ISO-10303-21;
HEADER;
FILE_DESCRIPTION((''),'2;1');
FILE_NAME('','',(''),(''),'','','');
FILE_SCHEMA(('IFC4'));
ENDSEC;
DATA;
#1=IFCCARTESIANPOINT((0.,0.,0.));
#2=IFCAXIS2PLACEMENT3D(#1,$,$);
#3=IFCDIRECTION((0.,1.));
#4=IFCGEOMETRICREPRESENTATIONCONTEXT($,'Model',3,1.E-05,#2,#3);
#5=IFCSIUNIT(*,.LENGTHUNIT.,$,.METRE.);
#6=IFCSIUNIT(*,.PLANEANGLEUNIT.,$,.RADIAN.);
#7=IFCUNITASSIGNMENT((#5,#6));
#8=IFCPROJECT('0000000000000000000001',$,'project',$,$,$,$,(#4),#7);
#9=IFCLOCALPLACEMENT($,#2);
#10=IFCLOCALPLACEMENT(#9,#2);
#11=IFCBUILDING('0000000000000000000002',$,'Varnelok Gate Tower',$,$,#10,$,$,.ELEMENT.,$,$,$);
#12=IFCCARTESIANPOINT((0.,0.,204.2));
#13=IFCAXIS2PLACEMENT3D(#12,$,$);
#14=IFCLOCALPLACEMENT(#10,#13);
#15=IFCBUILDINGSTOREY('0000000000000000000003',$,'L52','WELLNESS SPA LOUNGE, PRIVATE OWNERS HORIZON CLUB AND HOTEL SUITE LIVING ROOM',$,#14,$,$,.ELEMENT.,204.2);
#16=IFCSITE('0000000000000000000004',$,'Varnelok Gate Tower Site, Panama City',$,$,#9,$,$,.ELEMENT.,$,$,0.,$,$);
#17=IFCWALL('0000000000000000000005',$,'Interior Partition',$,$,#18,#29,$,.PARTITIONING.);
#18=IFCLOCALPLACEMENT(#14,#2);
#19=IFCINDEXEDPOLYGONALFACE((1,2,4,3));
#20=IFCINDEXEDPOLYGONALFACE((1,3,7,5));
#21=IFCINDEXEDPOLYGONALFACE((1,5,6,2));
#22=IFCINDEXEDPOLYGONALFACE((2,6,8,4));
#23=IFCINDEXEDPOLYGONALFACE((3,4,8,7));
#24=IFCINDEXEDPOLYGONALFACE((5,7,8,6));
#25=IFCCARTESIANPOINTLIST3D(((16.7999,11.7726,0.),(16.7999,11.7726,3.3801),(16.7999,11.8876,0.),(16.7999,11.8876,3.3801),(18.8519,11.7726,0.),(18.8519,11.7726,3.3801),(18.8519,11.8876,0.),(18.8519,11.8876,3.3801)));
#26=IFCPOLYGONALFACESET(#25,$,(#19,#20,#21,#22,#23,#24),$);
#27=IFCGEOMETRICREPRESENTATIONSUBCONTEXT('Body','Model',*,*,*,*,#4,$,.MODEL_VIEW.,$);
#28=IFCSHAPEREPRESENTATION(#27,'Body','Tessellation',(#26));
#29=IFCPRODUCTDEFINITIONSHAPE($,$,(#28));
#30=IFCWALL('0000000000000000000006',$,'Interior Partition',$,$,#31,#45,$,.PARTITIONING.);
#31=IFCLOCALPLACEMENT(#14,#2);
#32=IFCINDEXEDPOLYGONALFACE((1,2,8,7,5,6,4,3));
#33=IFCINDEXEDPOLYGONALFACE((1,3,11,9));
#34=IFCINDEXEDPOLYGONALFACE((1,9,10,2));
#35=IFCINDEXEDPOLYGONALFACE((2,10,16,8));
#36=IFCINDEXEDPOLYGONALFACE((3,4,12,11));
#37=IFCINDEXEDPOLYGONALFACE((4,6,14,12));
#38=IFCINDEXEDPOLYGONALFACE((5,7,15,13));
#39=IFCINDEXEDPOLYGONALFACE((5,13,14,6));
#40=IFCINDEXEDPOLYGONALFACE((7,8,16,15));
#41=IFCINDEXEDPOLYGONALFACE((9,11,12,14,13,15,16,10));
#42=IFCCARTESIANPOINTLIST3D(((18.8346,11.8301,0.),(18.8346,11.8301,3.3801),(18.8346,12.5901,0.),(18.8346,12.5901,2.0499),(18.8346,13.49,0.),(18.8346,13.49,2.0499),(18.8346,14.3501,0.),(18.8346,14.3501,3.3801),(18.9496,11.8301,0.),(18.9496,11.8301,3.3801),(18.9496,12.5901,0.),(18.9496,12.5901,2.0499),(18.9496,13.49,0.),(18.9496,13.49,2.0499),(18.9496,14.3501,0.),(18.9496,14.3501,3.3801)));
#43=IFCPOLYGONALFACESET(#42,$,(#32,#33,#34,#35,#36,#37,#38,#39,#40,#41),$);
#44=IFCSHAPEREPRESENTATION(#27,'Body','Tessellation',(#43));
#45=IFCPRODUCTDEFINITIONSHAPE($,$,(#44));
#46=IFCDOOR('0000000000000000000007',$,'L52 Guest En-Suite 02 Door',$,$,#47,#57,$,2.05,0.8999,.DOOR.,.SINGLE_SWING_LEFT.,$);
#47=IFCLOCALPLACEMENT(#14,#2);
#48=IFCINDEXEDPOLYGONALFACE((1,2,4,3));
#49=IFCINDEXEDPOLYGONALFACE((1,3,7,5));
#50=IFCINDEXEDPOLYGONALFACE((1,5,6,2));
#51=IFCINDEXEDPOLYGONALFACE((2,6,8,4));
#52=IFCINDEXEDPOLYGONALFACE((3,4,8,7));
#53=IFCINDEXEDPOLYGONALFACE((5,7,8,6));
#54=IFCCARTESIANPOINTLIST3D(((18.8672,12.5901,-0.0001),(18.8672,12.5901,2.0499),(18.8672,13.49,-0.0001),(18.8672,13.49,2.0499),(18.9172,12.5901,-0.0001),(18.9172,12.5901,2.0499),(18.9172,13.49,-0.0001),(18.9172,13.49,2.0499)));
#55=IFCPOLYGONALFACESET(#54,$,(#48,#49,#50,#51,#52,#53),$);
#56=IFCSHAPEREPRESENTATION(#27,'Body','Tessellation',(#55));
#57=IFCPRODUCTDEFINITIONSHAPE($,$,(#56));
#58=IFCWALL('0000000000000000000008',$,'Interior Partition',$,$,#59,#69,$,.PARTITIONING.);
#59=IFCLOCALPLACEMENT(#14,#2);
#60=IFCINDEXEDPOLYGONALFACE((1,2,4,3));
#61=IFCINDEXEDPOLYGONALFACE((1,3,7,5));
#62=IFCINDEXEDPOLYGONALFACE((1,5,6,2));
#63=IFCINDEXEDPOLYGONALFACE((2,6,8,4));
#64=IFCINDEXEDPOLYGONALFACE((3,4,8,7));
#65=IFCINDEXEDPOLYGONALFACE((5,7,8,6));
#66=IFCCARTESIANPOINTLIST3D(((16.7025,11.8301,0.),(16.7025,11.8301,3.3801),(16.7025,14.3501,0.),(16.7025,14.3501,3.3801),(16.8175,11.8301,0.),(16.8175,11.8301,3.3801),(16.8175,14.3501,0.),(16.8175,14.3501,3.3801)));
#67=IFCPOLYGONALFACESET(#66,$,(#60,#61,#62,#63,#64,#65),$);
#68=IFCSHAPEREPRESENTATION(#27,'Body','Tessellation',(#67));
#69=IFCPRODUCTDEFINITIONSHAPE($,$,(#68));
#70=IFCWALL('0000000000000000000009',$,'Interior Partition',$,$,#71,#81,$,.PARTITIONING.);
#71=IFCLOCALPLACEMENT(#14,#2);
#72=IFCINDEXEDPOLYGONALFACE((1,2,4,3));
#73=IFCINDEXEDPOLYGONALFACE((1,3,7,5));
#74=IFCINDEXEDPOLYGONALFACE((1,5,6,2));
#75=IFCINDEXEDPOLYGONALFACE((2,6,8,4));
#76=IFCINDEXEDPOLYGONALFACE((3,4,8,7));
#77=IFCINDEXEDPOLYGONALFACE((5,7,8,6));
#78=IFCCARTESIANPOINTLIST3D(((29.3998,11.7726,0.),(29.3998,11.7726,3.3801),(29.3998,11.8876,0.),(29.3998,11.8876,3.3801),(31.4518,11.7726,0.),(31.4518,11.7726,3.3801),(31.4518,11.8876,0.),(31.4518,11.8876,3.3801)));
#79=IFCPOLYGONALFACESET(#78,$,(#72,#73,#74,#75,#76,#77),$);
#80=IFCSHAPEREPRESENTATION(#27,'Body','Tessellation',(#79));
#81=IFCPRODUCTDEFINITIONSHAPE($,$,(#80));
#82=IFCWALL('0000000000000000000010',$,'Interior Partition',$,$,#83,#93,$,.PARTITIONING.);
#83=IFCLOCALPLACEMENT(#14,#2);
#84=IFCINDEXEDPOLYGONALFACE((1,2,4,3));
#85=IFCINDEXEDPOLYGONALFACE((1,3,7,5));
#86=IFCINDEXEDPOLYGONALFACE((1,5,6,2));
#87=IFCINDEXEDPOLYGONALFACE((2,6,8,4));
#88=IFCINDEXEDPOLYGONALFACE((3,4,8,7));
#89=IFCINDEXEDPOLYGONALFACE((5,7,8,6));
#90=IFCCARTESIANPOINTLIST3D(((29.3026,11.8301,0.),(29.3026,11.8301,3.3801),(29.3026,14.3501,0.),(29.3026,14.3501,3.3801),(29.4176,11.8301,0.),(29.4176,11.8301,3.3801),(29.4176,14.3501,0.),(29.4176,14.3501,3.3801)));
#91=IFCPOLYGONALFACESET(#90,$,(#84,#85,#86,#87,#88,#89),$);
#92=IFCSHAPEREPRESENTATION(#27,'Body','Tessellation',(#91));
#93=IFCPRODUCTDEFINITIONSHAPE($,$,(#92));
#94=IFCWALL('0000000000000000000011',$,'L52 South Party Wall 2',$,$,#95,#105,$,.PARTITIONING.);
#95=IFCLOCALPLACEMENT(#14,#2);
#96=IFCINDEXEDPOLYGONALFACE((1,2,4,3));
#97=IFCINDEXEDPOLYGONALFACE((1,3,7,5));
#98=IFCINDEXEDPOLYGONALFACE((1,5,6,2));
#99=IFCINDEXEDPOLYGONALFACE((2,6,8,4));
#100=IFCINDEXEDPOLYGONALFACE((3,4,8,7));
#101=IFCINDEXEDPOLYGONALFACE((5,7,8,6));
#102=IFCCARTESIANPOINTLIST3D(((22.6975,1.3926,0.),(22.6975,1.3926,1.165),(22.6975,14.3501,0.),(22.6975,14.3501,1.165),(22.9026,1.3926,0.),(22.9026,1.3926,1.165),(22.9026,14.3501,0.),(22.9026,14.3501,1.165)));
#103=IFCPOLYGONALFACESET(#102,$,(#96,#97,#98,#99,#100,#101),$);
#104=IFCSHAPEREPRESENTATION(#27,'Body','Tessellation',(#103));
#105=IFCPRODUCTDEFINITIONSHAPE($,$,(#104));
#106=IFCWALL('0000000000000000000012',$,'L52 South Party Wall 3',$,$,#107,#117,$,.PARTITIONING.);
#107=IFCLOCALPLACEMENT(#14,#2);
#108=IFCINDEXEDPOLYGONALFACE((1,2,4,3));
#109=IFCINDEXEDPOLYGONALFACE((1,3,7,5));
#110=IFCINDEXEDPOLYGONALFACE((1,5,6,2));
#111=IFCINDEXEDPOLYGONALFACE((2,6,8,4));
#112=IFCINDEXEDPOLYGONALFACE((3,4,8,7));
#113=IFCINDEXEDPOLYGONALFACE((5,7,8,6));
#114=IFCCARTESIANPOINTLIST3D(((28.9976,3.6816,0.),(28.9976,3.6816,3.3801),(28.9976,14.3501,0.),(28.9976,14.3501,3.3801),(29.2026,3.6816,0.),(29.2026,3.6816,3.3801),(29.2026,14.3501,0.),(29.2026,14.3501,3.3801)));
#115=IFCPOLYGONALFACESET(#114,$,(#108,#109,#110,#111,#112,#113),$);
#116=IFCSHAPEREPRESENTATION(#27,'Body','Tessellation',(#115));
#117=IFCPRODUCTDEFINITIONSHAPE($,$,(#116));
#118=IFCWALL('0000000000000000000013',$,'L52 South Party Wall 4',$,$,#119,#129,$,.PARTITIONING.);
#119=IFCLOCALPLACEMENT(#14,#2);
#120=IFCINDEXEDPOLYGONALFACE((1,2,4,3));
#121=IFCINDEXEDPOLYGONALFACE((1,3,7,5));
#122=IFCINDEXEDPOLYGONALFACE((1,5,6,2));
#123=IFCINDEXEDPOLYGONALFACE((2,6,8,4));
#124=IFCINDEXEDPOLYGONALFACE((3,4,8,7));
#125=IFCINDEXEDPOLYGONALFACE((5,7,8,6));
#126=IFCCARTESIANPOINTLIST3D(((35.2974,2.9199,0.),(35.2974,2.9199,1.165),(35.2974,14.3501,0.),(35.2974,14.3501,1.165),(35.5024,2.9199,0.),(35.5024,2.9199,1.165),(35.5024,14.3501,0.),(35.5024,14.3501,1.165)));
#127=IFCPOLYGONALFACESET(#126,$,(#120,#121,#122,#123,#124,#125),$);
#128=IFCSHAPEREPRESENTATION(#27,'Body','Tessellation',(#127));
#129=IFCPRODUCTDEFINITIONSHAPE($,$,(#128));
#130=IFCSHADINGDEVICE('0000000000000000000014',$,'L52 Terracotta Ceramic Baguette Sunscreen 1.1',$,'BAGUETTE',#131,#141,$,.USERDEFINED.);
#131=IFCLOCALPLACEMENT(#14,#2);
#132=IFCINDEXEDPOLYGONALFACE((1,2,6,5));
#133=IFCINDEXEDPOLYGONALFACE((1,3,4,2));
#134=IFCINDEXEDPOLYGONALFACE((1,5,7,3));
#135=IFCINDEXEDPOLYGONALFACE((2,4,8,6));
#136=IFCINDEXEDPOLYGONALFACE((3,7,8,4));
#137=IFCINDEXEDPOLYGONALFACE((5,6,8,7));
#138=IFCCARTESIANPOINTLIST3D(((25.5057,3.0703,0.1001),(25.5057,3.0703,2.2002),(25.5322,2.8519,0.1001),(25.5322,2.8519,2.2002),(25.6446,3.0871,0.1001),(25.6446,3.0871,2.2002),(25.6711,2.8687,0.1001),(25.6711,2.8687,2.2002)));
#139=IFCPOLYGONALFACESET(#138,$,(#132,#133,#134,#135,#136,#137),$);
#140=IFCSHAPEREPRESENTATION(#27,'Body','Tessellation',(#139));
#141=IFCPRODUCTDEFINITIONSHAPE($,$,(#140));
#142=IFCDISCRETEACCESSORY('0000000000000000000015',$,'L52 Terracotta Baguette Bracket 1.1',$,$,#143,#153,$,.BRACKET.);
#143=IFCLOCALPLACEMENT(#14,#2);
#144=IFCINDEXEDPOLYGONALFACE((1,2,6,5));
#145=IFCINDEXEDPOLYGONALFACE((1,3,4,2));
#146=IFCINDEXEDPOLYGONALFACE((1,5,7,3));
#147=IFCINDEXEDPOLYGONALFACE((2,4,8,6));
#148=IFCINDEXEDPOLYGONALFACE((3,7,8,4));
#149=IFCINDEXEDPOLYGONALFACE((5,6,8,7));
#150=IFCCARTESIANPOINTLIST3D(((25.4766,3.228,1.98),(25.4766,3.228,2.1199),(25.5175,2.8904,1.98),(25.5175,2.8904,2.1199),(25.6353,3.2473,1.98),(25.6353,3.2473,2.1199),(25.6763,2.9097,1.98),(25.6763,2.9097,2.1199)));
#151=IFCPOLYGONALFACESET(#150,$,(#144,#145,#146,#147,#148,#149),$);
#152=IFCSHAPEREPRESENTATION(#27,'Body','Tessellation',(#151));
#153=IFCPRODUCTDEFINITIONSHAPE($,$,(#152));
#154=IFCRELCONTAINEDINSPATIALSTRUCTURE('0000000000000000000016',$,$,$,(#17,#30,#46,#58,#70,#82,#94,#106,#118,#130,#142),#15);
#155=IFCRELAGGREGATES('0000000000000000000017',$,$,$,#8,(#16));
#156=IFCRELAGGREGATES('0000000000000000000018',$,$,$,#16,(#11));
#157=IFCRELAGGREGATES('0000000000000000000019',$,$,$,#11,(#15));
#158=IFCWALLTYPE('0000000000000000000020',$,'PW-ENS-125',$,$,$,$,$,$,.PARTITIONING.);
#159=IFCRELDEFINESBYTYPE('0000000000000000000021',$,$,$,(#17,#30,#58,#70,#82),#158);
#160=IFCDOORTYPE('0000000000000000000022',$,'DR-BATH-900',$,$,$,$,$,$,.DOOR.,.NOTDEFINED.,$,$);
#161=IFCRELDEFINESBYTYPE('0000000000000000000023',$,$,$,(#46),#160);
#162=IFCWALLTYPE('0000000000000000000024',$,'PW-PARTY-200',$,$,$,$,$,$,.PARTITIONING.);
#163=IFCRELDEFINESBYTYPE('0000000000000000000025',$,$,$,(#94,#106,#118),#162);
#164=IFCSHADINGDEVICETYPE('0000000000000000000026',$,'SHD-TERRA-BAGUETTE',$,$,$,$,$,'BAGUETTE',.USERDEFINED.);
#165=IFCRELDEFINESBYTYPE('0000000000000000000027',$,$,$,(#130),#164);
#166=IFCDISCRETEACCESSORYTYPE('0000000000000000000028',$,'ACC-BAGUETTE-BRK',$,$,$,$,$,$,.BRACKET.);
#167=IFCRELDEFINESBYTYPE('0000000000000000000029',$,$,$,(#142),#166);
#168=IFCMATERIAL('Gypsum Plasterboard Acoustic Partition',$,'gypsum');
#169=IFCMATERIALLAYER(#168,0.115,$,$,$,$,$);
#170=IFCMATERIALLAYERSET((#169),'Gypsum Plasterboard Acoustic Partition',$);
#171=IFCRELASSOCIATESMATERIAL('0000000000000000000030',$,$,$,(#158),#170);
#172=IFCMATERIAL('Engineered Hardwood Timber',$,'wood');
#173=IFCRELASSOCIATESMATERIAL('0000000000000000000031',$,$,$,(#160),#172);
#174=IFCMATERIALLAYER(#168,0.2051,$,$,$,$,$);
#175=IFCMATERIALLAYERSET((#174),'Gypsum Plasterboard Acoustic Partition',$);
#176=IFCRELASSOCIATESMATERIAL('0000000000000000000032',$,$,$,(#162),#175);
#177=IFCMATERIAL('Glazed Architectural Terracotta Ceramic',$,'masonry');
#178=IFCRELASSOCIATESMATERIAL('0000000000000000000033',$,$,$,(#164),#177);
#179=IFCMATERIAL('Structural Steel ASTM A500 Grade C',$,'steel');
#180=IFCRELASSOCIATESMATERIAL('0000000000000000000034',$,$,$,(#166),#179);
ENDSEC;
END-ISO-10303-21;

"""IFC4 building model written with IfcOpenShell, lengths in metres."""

from ifc_helpers import new_model, si_unit, direction, frame, frame_2d, origin, origin_2d, place, context, subcontext, project, spatial, rectangle, extrude, source, transform, mapped, material, layer, layer_set, type_object, element, fill, save


model = new_model("IFC4")

# Units and contexts
model_context = context("Model", 3, precision=1e-05, world=origin(), true_north=direction((0.0, 1.0)))
body_context = subcontext(model_context, "Body", "Model", "MODEL_VIEW")
ifc_project = project(units=[si_unit("LENGTHUNIT", "METRE"), si_unit("PLANEANGLEUNIT", "RADIAN")], contexts=[model_context])

# Site, building, storey
site_placement = place(None, origin())
site = spatial("IfcSite", under=ifc_project, at=site_placement, Name="Varnelok Gate Tower Site, Panama City", CompositionType="ELEMENT", RefElevation=0.0)
building_placement = place(site_placement, origin())
building = spatial("IfcBuilding", under=site, at=building_placement, Name="Varnelok Gate Tower", CompositionType="ELEMENT")
storey_placement = place(building_placement, frame((0.0, 0.0, 204.2)))
storey = spatial("IfcBuildingStorey", under=building, at=storey_placement, Name="L52", Description="WELLNESS SPA LOUNGE, PRIVATE OWNERS HORIZON CLUB AND HOTEL SUITE LIVING ROOM", CompositionType="ELEMENT", Elevation=204.2)

# Wall
ifc_material_1 = material(Name="Gypsum Plasterboard Acoustic Partition", Category="gypsum")
ifc_layer_1 = layer(ifc_material_1, 0.115)
ifc_layer_set_1 = layer_set([ifc_layer_1], Name="Gypsum Plasterboard Acoustic Partition")
wall_type_1 = type_object("IfcWallType", Name="PW-ENS-125", PredefinedType="PARTITIONING", material=ifc_layer_set_1)
wall_1_placement = place(storey_placement, frame((16.8, 11.8301, 0.0), z_axis=(0.0, 0.0, 1.0), x_axis=(1.0, 0.0, 0.0)))
element("IfcWall", 1, at=wall_1_placement, inside=storey, type_object=wall_type_1, Name="Interior Partition", PredefinedType="PARTITIONING", context=body_context, shape_type="SweptSolid", body=[
    extrude(rectangle(XDim=2.052, YDim=0.115, at=frame_2d((1.0259, 0.0))), origin(), (0.0, 0.0, 1.0), 3.3801),
])

# Wall, opening, door
wall_2_placement = place(storey_placement, frame((18.8921, 11.8301, 0.0), z_axis=(0.0, 0.0, 1.0), x_axis=(0.0, 1.0, 0.0)))
wall_2 = element("IfcWall", 2, at=wall_2_placement, inside=storey, type_object=wall_type_1, Name="Interior Partition", PredefinedType="PARTITIONING", context=body_context, shape_type="SweptSolid", body=[
    extrude(rectangle(XDim=2.52, YDim=0.115, at=frame_2d((1.26, 0.0))), origin(), (0.0, 0.0, 1.0), 3.3801),
])
opening_1_placement = place(wall_2_placement, frame((0.76, 0.0, 0.0)))
opening_1 = element("IfcOpeningElement", 3, at=opening_1_placement, cuts=wall_2, PredefinedType="OPENING", context=body_context, shape_type="SweptSolid", body=[
    extrude(rectangle(XDim=0.8999, YDim=2.05, at=frame_2d((0.45, 1.0249))), frame((0.0, 0.0674, 0.0), z_axis=(0.0, -1.0, 0.0), x_axis=(1.0, 0.0, 0.0)), (0.0, 0.0, 1.0), 0.135),
])
ifc_material_2 = material(Name="Engineered Hardwood Timber", Category="wood")
door_type_1 = type_object("IfcDoorType", Name="DR-BATH-900", OperationType="NOTDEFINED", PredefinedType="DOOR", material=ifc_material_2)
door_1_placement = place(opening_1_placement, origin())
door_1 = element("IfcDoor", 4, at=door_1_placement, inside=storey, type_object=door_type_1, Name="L52 Guest En-Suite 02 Door", OperationType="SINGLE_SWING_LEFT", OverallHeight=2.05, OverallWidth=0.8999, PredefinedType="DOOR", context=body_context, shape_type="SweptSolid", body=[
    extrude(rectangle(XDim=0.8999, YDim=2.05, at=frame_2d((0.45, 1.0249))), frame((0.0, 0.0249, 0.0), z_axis=(0.0, -1.0, 0.0), x_axis=(1.0, 0.0, 0.0)), (0.0, 0.0, 1.0), 0.05),
])
fill(opening_1, door_1)

# Walls
wall_3_placement = place(storey_placement, frame((16.76, 11.8301, 0.0), z_axis=(0.0, 0.0, 1.0), x_axis=(0.0, 1.0, 0.0)))
element("IfcWall", 5, at=wall_3_placement, inside=storey, type_object=wall_type_1, Name="Interior Partition", PredefinedType="PARTITIONING", context=body_context, shape_type="SweptSolid", body=[
    extrude(rectangle(XDim=2.52, YDim=0.115, at=frame_2d((1.26, 0.0))), origin(), (0.0, 0.0, 1.0), 3.3801),
])
wall_4_placement = place(storey_placement, frame((29.3999, 11.8301, 0.0), z_axis=(0.0, 0.0, 1.0), x_axis=(1.0, 0.0, 0.0)))
element("IfcWall", 6, at=wall_4_placement, inside=storey, type_object=wall_type_1, Name="Interior Partition", PredefinedType="PARTITIONING", context=body_context, shape_type="SweptSolid", body=[
    extrude(rectangle(XDim=2.052, YDim=0.115, at=frame_2d((1.0259, 0.0))), origin(), (0.0, 0.0, 1.0), 3.3801),
])
wall_5_placement = place(storey_placement, frame((29.3601, 11.8301, 0.0), z_axis=(0.0, 0.0, 1.0), x_axis=(0.0, 1.0, 0.0)))
element("IfcWall", 7, at=wall_5_placement, inside=storey, type_object=wall_type_1, Name="Interior Partition", PredefinedType="PARTITIONING", context=body_context, shape_type="SweptSolid", body=[
    extrude(rectangle(XDim=2.52, YDim=0.115, at=frame_2d((1.26, 0.0))), origin(), (0.0, 0.0, 1.0), 3.3801),
])
ifc_layer_2 = layer(ifc_material_1, 0.2051)
ifc_layer_set_2 = layer_set([ifc_layer_2], Name="Gypsum Plasterboard Acoustic Partition")
wall_type_2 = type_object("IfcWallType", Name="PW-PARTY-200", PredefinedType="PARTITIONING", material=ifc_layer_set_2)
wall_6_placement = place(storey_placement, frame((22.8, 1.3926, 0.0), z_axis=(0.0, 0.0, 1.0), x_axis=(0.0, 1.0, 0.0)))
element("IfcWall", 8, at=wall_6_placement, inside=storey, type_object=wall_type_2, Name="L52 South Party Wall 2", PredefinedType="PARTITIONING", context=body_context, shape_type="SweptSolid", body=[
    extrude(rectangle(XDim=12.9575, YDim=0.2051, at=frame_2d((6.4788, 0.0))), origin(), (0.0, 0.0, 1.0), 1.165),
])
wall_7_placement = place(storey_placement, frame((29.1001, 3.6816, 0.0), z_axis=(0.0, 0.0, 1.0), x_axis=(0.0, 1.0, 0.0)))
element("IfcWall", 9, at=wall_7_placement, inside=storey, type_object=wall_type_2, Name="L52 South Party Wall 3", PredefinedType="PARTITIONING", context=body_context, shape_type="SweptSolid", body=[
    extrude(rectangle(XDim=10.6685, YDim=0.2051, at=frame_2d((5.3342, 0.0))), origin(), (0.0, 0.0, 1.0), 3.3801),
])
wall_8_placement = place(storey_placement, frame((35.3999, 2.9199, 0.0), z_axis=(0.0, 0.0, 1.0), x_axis=(0.0, 1.0, 0.0)))
element("IfcWall", 10, at=wall_8_placement, inside=storey, type_object=wall_type_2, Name="L52 South Party Wall 4", PredefinedType="PARTITIONING", context=body_context, shape_type="SweptSolid", body=[
    extrude(rectangle(XDim=11.4302, YDim=0.2051, at=frame_2d((5.7151, 0.0))), origin(), (0.0, 0.0, 1.0), 1.165),
])

# Shading device
ifc_material_3 = material(Name="Glazed Architectural Terracotta Ceramic", Category="masonry")
shading_device_type = type_object("IfcShadingDeviceType", Name="SHD-TERRA-BAGUETTE", ElementType="BAGUETTE", PredefinedType="USERDEFINED", material=ifc_material_3)
shared_shape_1 = source(origin(), body_context, "Body", "SweptSolid", [
    extrude(rectangle(XDim=0.1399, YDim=0.22, at=origin_2d()), origin(), (0.0, 0.0, 1.0), 2.1001),
])
shading_device_placement = place(storey_placement, frame((25.5884, 2.9695, 0.1001), z_axis=(0.0, 0.0, 1.0), x_axis=(0.992732, 0.120345, 0.0)))
element("IfcShadingDevice", 11, at=shading_device_placement, inside=storey, type_object=shading_device_type, Name="L52 Terracotta Ceramic Baguette Sunscreen 1.1", ObjectType="BAGUETTE", PredefinedType="USERDEFINED", context=body_context, shape_type="MappedRepresentation", body=[
    mapped(shared_shape_1, transform((0.0, 0.0, 0.0), scale=1.0)),
])

# Discrete accessory
ifc_material_4 = material(Name="Structural Steel ASTM A500 Grade C", Category="steel")
discrete_accessory_type = type_object("IfcDiscreteAccessoryType", Name="ACC-BAGUETTE-BRK", PredefinedType="BRACKET", material=ifc_material_4)
shared_shape_2 = source(origin(), body_context, "Body", "SweptSolid", [
    extrude(rectangle(XDim=0.1599, YDim=0.3401, at=origin_2d()), origin(), (0.0, 0.0, 1.0), 0.1399),
])
discrete_accessory_placement = place(storey_placement, frame((25.5764, 3.0688, 1.98), z_axis=(0.0, 0.0, 1.0), x_axis=(0.992732, 0.120345, 0.0)))
element("IfcDiscreteAccessory", 12, at=discrete_accessory_placement, inside=storey, type_object=discrete_accessory_type, Name="L52 Terracotta Baguette Bracket 1.1", PredefinedType="BRACKET", context=body_context, shape_type="MappedRepresentation", body=[
    mapped(shared_shape_2, transform((0.0, 0.0, 0.0), scale=1.0)),
])

save(model, "model.ifc")
